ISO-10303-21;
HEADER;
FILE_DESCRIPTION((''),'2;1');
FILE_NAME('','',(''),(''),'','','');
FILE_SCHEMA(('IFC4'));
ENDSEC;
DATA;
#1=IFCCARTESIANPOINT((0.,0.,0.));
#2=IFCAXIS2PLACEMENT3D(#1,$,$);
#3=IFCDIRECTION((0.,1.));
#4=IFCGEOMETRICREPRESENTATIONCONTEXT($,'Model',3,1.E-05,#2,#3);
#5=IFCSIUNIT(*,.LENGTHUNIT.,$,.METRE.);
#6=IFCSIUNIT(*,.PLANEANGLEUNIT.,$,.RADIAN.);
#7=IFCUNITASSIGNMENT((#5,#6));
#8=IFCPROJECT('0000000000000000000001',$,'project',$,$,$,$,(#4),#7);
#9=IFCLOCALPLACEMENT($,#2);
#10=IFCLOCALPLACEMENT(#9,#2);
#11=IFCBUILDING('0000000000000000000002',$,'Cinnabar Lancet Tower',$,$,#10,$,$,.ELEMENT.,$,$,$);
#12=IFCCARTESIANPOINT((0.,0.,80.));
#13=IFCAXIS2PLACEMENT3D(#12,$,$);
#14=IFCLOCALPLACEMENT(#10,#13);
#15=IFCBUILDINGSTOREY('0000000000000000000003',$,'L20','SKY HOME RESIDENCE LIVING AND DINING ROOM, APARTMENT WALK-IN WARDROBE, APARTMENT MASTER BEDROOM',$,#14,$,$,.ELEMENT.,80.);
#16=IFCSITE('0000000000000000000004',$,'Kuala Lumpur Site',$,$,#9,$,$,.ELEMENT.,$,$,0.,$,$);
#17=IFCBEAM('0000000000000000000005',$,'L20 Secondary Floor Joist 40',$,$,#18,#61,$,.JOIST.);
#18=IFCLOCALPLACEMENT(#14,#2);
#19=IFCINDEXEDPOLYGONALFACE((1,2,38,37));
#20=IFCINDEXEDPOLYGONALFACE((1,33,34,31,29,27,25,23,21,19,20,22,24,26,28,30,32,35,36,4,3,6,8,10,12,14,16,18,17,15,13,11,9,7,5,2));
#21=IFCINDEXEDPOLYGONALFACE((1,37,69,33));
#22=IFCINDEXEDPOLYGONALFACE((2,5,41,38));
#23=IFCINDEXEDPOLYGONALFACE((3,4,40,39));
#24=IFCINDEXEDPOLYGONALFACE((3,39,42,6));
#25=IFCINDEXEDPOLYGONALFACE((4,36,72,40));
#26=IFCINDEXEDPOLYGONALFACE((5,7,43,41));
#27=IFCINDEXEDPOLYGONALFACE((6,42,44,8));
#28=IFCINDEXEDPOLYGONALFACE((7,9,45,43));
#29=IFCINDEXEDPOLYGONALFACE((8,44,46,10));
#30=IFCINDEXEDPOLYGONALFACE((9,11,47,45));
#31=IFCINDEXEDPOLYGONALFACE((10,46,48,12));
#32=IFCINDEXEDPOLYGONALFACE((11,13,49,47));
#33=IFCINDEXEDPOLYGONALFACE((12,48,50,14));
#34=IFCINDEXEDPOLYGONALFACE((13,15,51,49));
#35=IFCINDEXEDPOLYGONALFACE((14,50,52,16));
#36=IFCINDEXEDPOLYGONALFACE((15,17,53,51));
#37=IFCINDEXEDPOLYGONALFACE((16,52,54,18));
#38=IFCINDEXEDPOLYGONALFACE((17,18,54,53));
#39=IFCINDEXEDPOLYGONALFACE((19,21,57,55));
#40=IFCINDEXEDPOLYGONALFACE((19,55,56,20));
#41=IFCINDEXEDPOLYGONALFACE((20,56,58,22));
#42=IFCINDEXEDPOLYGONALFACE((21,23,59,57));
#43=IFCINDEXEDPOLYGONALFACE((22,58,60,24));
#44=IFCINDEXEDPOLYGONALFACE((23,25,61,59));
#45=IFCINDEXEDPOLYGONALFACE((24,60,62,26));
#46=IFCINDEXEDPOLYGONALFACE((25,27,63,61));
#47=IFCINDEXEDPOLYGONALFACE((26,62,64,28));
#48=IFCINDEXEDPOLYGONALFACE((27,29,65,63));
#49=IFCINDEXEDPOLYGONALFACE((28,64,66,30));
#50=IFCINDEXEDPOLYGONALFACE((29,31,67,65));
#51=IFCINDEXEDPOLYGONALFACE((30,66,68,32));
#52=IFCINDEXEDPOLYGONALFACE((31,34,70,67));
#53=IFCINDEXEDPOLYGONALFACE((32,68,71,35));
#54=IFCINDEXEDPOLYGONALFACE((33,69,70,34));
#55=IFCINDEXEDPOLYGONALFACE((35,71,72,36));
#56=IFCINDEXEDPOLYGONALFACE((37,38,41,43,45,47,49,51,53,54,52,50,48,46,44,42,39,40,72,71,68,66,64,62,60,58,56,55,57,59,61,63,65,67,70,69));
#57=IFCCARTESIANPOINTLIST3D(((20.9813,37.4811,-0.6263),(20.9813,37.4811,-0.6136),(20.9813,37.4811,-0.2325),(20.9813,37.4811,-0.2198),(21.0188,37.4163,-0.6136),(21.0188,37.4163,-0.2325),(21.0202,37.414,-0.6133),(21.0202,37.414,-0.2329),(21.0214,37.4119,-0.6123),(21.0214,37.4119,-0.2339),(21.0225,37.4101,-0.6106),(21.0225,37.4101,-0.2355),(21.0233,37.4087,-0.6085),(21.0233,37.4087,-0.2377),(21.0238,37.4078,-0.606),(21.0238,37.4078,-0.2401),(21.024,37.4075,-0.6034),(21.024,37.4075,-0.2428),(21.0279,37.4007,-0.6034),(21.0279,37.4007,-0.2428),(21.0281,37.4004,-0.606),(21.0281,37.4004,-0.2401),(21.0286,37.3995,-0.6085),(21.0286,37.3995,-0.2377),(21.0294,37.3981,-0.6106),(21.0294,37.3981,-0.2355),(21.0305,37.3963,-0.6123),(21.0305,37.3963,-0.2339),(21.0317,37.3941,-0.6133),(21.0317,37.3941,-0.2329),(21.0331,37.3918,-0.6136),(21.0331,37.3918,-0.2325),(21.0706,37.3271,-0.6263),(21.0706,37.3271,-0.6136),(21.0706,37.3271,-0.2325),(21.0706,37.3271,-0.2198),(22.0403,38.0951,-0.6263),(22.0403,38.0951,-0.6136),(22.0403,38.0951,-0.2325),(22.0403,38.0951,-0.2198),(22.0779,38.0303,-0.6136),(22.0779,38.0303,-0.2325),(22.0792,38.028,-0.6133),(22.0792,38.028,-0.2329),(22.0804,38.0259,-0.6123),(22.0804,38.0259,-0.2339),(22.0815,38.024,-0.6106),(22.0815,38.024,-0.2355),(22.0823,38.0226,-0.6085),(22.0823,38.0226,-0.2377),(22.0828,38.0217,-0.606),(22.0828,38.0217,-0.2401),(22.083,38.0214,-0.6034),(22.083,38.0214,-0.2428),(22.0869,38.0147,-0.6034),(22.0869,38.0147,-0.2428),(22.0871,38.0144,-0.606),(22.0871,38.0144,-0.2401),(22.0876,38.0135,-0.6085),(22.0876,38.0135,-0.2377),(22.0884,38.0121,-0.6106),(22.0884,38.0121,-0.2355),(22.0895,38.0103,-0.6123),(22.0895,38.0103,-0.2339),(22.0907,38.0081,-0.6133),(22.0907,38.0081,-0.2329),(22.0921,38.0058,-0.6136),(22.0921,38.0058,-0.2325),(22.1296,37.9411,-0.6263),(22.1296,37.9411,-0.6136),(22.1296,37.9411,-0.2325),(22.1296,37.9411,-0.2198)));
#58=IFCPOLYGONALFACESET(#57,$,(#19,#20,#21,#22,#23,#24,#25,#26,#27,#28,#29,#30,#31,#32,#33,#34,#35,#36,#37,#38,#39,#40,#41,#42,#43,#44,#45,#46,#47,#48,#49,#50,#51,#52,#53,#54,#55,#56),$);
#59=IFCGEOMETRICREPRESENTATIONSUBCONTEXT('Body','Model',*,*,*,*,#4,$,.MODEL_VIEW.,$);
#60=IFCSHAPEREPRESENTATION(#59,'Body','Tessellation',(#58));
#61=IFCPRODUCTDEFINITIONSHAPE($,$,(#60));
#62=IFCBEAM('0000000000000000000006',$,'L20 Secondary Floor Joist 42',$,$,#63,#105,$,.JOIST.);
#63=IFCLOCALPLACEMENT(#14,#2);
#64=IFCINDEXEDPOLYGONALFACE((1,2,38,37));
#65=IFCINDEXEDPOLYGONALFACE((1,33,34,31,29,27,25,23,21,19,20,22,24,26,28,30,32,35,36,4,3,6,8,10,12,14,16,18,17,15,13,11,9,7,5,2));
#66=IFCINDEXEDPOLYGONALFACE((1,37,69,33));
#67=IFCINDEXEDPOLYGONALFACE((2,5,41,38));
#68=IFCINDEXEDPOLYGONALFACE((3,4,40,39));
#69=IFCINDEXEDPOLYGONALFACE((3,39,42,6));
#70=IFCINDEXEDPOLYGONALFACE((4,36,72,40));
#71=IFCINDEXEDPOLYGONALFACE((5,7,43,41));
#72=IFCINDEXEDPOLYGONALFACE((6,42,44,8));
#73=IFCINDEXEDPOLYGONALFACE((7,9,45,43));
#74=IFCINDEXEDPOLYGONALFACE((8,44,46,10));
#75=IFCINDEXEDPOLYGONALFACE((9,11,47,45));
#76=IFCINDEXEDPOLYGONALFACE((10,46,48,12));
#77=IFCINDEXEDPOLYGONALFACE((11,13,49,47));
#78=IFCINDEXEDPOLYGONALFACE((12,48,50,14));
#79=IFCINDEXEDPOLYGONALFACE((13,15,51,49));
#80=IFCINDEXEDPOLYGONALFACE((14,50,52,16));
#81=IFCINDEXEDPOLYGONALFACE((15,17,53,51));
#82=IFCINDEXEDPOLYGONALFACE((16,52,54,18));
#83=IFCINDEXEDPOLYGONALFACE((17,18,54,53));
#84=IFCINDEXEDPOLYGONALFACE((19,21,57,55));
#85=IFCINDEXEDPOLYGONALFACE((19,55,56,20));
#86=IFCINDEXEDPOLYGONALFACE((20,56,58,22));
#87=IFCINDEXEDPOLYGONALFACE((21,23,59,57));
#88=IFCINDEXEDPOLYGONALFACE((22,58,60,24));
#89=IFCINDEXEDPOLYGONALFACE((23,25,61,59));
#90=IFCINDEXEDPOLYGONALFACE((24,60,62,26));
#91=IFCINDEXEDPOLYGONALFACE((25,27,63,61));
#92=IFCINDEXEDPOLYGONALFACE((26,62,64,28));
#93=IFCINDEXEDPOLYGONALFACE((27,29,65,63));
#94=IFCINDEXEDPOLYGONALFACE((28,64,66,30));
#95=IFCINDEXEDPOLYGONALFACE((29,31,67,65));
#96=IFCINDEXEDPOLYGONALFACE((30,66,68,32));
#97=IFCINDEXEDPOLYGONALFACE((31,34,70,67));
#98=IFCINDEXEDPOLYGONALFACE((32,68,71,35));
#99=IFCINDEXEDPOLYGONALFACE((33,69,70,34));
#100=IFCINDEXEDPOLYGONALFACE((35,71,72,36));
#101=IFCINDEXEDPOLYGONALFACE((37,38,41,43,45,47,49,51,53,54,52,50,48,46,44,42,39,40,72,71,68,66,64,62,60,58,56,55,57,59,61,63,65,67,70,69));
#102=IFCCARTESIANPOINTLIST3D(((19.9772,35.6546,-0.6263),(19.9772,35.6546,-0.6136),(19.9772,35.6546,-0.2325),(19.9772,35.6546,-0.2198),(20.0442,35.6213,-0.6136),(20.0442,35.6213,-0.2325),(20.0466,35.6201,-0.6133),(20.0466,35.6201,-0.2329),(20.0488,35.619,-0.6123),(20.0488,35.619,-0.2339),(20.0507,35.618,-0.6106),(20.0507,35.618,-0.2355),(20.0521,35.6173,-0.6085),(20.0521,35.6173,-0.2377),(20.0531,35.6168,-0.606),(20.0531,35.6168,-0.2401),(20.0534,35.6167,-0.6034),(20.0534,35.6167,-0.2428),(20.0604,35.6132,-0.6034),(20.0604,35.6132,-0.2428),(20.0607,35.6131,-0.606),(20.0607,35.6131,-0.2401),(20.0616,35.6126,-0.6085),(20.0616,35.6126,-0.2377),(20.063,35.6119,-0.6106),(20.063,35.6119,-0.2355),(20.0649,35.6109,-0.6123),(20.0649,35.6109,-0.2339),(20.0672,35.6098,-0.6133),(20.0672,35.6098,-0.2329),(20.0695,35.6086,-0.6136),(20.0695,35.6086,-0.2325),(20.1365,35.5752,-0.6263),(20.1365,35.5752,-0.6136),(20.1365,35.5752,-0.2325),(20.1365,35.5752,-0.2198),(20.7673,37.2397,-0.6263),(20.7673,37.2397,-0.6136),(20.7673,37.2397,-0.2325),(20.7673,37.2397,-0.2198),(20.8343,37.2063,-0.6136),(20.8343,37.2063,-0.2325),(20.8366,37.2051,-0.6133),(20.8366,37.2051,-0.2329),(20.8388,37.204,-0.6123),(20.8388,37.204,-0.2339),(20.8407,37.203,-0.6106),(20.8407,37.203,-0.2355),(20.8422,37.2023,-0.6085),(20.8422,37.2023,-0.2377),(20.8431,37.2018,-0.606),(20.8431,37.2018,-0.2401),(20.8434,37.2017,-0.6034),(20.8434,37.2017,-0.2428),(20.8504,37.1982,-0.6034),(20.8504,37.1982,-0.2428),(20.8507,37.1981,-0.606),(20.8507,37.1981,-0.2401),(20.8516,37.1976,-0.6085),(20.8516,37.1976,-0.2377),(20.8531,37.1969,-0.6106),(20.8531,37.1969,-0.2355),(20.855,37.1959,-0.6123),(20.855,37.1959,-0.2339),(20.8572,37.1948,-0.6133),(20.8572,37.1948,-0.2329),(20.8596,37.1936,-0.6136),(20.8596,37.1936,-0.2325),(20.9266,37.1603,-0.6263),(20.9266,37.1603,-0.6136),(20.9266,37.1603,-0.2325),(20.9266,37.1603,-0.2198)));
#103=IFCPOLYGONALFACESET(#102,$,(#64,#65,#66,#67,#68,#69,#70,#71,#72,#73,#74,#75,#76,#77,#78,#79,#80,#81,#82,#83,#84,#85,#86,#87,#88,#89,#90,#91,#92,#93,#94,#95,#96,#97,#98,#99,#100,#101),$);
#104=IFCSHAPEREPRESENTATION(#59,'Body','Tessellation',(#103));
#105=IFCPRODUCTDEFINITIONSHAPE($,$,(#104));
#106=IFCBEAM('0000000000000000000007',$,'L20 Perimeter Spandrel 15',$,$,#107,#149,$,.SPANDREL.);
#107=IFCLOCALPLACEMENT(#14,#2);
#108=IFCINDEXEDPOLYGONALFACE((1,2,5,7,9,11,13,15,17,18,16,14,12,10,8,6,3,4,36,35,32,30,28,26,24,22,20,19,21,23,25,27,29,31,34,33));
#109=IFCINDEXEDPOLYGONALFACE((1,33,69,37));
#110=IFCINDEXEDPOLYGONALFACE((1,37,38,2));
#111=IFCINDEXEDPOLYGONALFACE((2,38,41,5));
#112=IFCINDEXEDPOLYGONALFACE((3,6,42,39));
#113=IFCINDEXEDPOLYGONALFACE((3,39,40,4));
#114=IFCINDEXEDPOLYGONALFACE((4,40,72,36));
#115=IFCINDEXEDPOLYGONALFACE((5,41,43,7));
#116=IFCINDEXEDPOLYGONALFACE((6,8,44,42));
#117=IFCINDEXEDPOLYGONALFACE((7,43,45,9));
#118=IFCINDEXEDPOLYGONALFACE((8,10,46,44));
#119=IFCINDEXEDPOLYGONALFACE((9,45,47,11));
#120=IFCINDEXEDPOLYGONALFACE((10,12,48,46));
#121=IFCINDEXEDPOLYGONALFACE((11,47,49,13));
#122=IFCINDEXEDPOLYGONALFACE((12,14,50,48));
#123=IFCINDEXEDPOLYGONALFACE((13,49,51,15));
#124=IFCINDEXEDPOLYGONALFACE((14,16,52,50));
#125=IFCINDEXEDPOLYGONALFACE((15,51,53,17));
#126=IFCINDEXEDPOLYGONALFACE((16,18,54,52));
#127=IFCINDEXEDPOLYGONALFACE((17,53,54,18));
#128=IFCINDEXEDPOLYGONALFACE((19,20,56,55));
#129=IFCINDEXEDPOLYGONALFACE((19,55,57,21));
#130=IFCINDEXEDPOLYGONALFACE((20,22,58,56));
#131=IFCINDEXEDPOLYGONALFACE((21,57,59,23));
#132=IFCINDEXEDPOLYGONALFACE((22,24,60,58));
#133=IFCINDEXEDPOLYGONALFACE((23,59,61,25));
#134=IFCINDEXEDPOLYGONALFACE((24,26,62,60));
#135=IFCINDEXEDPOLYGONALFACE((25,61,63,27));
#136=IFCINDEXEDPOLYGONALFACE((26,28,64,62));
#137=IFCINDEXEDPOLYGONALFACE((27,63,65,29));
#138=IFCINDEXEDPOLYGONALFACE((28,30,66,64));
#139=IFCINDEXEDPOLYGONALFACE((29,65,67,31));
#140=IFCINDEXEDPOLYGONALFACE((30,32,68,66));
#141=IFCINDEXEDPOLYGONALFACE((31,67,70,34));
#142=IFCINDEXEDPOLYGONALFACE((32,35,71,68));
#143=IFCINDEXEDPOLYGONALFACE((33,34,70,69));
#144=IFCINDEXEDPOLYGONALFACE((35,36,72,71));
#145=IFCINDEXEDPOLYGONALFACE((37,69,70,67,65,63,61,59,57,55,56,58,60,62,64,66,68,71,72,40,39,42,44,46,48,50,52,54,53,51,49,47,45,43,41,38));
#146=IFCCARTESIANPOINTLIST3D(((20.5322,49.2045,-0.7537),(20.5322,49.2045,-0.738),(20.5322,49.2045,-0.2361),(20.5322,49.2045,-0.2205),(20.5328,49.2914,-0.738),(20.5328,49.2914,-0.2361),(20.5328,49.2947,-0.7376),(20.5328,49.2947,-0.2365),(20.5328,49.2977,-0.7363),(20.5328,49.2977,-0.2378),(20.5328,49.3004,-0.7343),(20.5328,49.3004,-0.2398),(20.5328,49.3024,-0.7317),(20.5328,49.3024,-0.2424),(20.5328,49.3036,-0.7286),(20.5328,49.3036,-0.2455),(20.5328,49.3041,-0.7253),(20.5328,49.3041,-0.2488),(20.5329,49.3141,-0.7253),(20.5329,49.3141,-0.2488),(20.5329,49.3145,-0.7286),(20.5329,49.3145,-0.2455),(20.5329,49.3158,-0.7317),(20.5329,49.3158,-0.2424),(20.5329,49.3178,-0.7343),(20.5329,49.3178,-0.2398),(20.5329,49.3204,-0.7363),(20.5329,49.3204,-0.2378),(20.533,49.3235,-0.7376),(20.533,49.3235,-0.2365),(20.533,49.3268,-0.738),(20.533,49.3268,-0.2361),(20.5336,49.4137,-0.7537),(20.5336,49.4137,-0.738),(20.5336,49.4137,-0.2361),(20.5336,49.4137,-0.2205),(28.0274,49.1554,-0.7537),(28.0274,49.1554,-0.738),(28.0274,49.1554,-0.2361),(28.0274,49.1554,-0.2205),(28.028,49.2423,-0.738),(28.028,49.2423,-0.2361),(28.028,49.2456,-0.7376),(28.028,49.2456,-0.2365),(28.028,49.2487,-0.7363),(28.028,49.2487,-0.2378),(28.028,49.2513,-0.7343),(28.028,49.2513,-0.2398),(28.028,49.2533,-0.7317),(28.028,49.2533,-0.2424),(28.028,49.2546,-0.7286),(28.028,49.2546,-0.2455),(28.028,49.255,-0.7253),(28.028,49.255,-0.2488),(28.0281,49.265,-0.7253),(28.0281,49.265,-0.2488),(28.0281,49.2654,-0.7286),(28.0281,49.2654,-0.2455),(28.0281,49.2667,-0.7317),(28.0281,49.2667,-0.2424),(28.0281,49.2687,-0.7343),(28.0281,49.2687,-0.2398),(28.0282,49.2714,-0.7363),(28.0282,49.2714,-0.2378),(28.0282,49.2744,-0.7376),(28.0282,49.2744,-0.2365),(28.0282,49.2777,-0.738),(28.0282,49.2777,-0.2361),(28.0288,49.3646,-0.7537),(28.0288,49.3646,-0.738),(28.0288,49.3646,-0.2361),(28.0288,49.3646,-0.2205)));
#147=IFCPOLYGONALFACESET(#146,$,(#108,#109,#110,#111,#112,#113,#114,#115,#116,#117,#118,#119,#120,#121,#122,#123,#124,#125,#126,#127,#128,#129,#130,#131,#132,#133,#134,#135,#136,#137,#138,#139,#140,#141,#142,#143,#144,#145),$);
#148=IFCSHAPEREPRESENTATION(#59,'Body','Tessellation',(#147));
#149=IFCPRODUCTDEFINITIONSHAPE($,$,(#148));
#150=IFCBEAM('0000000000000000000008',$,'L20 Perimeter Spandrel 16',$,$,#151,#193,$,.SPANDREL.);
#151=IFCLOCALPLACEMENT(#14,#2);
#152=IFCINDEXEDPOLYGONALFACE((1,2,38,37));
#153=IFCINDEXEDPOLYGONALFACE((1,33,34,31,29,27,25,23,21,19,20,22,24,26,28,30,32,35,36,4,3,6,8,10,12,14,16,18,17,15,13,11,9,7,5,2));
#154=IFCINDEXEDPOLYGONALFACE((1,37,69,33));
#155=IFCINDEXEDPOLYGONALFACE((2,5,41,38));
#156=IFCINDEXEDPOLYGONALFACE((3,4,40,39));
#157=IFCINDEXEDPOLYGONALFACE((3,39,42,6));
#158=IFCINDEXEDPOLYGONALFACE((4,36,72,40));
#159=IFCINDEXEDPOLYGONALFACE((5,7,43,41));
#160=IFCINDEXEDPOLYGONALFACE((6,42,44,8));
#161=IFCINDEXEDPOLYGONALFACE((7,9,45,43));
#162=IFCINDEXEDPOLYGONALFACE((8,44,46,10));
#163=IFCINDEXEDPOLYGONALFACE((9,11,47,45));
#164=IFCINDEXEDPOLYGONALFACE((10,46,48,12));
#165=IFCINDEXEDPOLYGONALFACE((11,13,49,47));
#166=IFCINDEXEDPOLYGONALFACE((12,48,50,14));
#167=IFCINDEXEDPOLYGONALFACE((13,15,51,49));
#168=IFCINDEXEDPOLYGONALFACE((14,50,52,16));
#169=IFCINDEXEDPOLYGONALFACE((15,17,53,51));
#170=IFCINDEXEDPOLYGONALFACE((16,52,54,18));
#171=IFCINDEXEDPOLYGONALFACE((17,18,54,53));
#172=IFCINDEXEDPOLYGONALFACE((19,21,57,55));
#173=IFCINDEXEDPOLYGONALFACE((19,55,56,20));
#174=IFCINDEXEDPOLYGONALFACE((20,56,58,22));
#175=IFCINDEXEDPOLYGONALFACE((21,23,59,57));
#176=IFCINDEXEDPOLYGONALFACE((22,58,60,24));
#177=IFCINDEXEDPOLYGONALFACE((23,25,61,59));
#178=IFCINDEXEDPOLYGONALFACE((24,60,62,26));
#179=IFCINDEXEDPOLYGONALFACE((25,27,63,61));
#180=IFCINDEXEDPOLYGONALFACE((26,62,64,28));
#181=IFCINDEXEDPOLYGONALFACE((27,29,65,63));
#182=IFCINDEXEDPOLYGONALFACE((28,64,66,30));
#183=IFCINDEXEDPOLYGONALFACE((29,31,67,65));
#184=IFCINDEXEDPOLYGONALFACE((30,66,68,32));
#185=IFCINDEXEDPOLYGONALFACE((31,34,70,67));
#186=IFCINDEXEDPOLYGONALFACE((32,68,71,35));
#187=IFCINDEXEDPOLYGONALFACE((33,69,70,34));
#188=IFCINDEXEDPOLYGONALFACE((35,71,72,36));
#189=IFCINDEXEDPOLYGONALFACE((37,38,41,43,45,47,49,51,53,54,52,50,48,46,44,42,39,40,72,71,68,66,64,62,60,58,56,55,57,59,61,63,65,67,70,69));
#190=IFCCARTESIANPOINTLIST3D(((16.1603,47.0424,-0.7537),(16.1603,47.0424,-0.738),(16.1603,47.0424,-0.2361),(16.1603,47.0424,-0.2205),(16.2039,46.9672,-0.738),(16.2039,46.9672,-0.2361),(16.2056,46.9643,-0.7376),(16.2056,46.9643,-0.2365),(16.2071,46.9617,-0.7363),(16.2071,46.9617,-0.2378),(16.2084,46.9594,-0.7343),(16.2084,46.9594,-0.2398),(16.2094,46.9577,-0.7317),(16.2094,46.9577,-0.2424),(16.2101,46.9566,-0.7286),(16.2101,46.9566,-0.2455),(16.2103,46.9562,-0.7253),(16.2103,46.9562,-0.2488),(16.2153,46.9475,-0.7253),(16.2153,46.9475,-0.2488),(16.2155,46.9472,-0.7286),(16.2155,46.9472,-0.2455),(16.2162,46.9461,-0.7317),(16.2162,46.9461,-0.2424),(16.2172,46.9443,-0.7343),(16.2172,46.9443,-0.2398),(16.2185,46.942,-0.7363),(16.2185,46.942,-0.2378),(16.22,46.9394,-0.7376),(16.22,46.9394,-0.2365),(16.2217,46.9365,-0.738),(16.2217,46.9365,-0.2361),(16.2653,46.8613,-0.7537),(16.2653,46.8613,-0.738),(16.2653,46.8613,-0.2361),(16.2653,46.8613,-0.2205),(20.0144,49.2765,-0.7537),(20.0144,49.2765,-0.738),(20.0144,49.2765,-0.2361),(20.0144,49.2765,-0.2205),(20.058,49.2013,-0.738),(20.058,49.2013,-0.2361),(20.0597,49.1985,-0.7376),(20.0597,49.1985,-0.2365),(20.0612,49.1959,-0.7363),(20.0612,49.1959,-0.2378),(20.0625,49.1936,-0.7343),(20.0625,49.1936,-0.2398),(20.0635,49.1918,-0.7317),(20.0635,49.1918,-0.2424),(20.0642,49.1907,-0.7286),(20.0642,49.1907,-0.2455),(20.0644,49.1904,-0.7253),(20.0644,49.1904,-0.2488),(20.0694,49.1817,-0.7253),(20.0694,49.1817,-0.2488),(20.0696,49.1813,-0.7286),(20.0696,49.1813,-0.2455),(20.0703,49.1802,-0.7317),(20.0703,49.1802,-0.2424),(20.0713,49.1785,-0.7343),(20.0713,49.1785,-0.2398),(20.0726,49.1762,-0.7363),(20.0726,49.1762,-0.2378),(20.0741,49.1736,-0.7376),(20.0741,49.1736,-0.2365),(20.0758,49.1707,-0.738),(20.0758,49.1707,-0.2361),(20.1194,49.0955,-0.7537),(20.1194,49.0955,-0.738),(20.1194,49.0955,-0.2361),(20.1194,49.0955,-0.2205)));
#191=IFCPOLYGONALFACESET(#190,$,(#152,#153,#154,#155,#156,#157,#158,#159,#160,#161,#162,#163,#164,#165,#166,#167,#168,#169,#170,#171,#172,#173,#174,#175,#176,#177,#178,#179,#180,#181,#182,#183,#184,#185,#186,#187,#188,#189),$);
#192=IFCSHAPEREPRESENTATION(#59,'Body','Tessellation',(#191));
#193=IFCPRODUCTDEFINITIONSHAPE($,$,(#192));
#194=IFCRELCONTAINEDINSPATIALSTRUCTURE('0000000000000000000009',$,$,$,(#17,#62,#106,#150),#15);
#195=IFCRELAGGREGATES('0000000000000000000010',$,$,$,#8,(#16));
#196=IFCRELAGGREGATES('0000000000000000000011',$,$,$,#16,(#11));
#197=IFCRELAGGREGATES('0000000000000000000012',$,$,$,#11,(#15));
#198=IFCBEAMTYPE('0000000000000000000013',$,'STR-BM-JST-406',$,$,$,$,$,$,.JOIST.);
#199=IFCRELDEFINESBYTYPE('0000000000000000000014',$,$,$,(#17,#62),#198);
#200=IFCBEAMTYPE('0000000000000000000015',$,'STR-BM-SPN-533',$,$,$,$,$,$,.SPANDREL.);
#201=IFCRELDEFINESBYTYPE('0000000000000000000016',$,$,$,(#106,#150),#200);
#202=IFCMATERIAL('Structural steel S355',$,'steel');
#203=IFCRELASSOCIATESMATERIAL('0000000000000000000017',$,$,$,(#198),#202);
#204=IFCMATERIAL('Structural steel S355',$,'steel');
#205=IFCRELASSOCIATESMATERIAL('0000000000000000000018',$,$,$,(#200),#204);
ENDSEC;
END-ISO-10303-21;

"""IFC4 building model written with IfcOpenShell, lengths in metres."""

from ifc_helpers import new_model, si_unit, direction, frame, origin, origin_2d, place, context, subcontext, project, spatial, i_section, extrude, material, material_profile, profile_set, type_object, element, save


model = new_model("IFC4")

# Units and contexts
model_context = context("Model", 3, precision=1e-05, world=origin(), true_north=direction((0.0, 1.0)))
body_context = subcontext(model_context, "Body", "Model", "MODEL_VIEW")
ifc_project = project(units=[si_unit("LENGTHUNIT", "METRE"), si_unit("PLANEANGLEUNIT", "RADIAN")], contexts=[model_context])

# Site, building, storey
site_placement = place(None, origin())
site = spatial("IfcSite", under=ifc_project, at=site_placement, Name="Kuala Lumpur Site", CompositionType="ELEMENT", RefElevation=0.0)
building_placement = place(site_placement, origin())
building = spatial("IfcBuilding", under=site, at=building_placement, Name="Cinnabar Lancet Tower", CompositionType="ELEMENT")
storey_placement = place(building_placement, frame((0.0, 0.0, 80.0)))
storey = spatial("IfcBuildingStorey", under=building, at=storey_placement, Name="L20", Description="SKY HOME RESIDENCE LIVING AND DINING ROOM, APARTMENT WALK-IN WARDROBE, APARTMENT MASTER BEDROOM", CompositionType="ELEMENT", Elevation=80.0)

# Beams
ifc_material_1 = material(Name="Structural steel S355", Category="steel")
ifc_material_profile_1 = material_profile(ifc_material_1, i_section(OverallWidth=0.178, OverallDepth=0.4065, WebThickness=0.0078, FlangeThickness=0.0127, FilletRadius=0.0103, at=origin_2d()), Name="UKB 406x178x60")
ifc_profile_set_1 = profile_set([ifc_material_profile_1], Name="Structural steel S355")
beam_type_1 = type_object("IfcBeamType", Name="STR-BM-JST-406", PredefinedType="JOIST", material=ifc_profile_set_1)
beam_1_placement = place(storey_placement, frame((22.085, 38.0181, -0.4231), z_axis=(-0.865121, -0.501563, 0.0), x_axis=(0.501563, -0.865121, 0.0)))
element("IfcBeam", 1, at=beam_1_placement, inside=storey, type_object=beam_type_1, Name="L20 Secondary Floor Joist 40", PredefinedType="JOIST", context=body_context, shape_type="SweptSolid", body=[
    extrude(i_section(OverallWidth=0.178, OverallDepth=0.4065, WebThickness=0.0078, FlangeThickness=0.0127, FilletRadius=0.0103, at=origin_2d()), origin(), (0.0, 0.0, 1.0), 1.2241),
])
beam_2_placement = place(storey_placement, frame((20.8469, 37.2, -0.4231), z_axis=(-0.44611, -0.894978, 0.0), x_axis=(0.894978, -0.44611, 0.0)))
element("IfcBeam", 2, at=beam_2_placement, inside=storey, type_object=beam_type_1, Name="L20 Secondary Floor Joist 42", PredefinedType="JOIST", context=body_context, shape_type="SweptSolid", body=[
    extrude(i_section(OverallWidth=0.178, OverallDepth=0.4065, WebThickness=0.0078, FlangeThickness=0.0127, FilletRadius=0.0103, at=origin_2d()), origin(), (0.0, 0.0, 1.0), 1.771),
])
ifc_material_2 = material(Name="Structural steel S355", Category="steel")
ifc_material_profile_2 = material_profile(ifc_material_2, i_section(OverallWidth=0.2092, OverallDepth=0.5332, WebThickness=0.01, FlangeThickness=0.0156, FilletRadius=0.0127, at=origin_2d()), Name="UKB 533x210x92")
ifc_profile_set_2 = profile_set([ifc_material_profile_2], Name="Structural steel S355")
beam_type_2 = type_object("IfcBeamType", Name="STR-BM-SPN-533", PredefinedType="SPANDREL", material=ifc_profile_set_2)
beam_3_placement = place(storey_placement, frame((28.0281, 49.26, -0.4871), z_axis=(-0.999979, 0.006547, 0.0), x_axis=(-0.006547, -0.999979, 0.0)))
element("IfcBeam", 3, at=beam_3_placement, inside=storey, type_object=beam_type_2, Name="L20 Perimeter Spandrel 15", PredefinedType="SPANDREL", context=body_context, shape_type="SweptSolid", body=[
    extrude(i_section(OverallWidth=0.2092, OverallDepth=0.5332, WebThickness=0.01, FlangeThickness=0.0156, FilletRadius=0.0127, at=origin_2d()), origin(), (0.0, 0.0, 1.0), 7.4954),
])
beam_4_placement = place(storey_placement, frame((20.0669, 49.186, -0.4871), z_axis=(-0.865147, -0.501518, 0.0), x_axis=(0.501518, -0.865147, 0.0)))
element("IfcBeam", 4, at=beam_4_placement, inside=storey, type_object=beam_type_2, Name="L20 Perimeter Spandrel 16", PredefinedType="SPANDREL", context=body_context, shape_type="SweptSolid", body=[
    extrude(i_section(OverallWidth=0.2092, OverallDepth=0.5332, WebThickness=0.01, FlangeThickness=0.0156, FilletRadius=0.0127, at=origin_2d()), origin(), (0.0, 0.0, 1.0), 4.4548),
])

save(model, "model.ifc")
